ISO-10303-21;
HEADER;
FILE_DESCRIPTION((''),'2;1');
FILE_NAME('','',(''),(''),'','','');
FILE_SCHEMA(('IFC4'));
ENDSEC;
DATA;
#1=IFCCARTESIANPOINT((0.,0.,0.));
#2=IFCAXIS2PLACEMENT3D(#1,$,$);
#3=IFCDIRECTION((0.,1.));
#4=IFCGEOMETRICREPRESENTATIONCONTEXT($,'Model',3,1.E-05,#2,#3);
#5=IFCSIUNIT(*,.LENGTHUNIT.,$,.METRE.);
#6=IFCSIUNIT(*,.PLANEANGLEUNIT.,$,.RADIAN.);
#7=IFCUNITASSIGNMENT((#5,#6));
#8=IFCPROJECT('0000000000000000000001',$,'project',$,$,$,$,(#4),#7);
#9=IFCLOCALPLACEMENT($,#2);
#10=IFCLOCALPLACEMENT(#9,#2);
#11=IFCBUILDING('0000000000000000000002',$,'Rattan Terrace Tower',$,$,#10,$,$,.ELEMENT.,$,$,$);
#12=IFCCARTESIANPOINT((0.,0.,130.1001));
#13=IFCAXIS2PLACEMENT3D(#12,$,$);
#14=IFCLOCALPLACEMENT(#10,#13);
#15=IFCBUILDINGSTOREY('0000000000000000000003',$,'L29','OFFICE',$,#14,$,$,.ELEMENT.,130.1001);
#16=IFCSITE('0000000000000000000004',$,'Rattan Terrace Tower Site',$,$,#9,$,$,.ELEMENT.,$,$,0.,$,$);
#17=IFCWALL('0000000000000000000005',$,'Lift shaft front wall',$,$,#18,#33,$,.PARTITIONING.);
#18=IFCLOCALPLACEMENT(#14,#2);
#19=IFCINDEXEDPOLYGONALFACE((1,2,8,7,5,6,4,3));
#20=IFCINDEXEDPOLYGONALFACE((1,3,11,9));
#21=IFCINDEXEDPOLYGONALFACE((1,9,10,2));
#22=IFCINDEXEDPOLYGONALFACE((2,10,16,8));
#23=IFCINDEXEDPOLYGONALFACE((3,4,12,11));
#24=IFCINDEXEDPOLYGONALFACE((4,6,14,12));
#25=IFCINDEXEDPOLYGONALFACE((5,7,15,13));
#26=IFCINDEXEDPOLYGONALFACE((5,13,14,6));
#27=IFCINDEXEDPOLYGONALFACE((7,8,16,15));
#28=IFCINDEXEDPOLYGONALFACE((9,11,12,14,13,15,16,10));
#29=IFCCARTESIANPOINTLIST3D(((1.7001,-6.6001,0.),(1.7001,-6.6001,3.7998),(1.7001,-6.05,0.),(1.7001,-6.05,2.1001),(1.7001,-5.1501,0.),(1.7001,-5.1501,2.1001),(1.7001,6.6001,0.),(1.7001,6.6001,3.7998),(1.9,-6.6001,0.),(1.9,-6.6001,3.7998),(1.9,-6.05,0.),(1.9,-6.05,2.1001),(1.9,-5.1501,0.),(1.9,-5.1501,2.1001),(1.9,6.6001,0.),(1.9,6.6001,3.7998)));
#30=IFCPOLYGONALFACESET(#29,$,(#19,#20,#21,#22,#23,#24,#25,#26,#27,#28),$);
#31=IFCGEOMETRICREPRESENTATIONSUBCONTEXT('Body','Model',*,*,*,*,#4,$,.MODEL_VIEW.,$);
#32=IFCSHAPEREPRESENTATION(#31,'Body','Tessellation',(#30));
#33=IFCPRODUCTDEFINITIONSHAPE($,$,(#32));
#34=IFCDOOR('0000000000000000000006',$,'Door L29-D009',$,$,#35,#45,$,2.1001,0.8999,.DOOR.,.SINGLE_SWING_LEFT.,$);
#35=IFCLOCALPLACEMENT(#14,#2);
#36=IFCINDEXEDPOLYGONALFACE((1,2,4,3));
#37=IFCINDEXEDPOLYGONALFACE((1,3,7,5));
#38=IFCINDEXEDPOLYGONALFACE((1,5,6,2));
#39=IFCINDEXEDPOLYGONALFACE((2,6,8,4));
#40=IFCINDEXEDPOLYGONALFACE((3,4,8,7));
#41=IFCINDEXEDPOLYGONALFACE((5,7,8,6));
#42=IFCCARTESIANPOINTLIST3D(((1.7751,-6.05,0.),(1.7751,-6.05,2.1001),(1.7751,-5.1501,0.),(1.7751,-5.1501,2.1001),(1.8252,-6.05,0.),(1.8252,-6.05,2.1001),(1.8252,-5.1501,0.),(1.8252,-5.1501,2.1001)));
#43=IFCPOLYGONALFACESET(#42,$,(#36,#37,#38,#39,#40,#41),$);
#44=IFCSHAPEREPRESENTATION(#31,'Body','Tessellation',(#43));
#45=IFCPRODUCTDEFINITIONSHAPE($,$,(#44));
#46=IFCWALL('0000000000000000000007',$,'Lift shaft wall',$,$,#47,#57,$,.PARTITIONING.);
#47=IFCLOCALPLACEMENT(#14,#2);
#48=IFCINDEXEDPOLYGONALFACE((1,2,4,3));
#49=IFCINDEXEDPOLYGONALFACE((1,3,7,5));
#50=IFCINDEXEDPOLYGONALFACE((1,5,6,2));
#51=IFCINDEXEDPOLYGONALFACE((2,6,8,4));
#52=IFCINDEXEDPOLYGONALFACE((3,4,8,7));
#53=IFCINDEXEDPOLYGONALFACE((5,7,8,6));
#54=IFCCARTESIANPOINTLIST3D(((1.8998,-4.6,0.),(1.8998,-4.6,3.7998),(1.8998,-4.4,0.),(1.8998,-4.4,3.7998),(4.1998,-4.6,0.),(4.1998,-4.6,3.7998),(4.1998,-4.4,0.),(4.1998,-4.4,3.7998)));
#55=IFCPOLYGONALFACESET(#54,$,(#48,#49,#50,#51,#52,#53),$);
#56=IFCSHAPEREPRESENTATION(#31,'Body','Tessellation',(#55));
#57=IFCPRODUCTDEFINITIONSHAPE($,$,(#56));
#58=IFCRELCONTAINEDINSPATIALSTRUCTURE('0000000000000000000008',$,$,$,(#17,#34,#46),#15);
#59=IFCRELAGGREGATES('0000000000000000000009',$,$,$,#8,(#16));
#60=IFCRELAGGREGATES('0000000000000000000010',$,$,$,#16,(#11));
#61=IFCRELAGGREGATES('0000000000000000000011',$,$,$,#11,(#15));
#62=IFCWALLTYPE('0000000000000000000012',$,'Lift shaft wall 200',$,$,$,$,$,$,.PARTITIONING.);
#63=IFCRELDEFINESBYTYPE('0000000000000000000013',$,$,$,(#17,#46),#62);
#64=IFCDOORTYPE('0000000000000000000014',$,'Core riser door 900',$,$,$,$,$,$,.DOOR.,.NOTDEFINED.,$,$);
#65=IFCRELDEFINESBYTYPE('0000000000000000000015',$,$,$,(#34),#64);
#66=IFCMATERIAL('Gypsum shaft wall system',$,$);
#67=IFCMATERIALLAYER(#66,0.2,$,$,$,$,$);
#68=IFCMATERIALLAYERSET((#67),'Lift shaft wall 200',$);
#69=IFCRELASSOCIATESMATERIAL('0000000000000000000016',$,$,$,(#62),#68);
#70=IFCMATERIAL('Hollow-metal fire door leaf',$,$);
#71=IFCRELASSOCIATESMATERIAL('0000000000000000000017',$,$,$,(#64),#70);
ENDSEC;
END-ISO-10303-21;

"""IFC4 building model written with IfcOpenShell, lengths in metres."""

from ifc_helpers import new_model, si_unit, direction, frame, frame_2d, origin, place, context, subcontext, project, spatial, rectangle, extrude, material, layer, layer_set, type_object, element, fill, save


model = new_model("IFC4")

# Units and contexts
model_context = context("Model", 3, precision=1e-05, world=origin(), true_north=direction((0.0, 1.0)))
body_context = subcontext(model_context, "Body", "Model", "MODEL_VIEW")
ifc_project = project(units=[si_unit("LENGTHUNIT", "METRE"), si_unit("PLANEANGLEUNIT", "RADIAN")], contexts=[model_context])

# Site, building, storey
site_placement = place(None, origin())
site = spatial("IfcSite", under=ifc_project, at=site_placement, Name="Rattan Terrace Tower Site", CompositionType="ELEMENT", RefElevation=0.0)
building_placement = place(site_placement, origin())
building = spatial("IfcBuilding", under=site, at=building_placement, Name="Rattan Terrace Tower", CompositionType="ELEMENT")
storey_placement = place(building_placement, frame((0.0, 0.0, 130.1001)))
storey = spatial("IfcBuildingStorey", under=building, at=storey_placement, Name="L29", Description="OFFICE", CompositionType="ELEMENT", Elevation=130.1001)

# Wall, opening, door
ifc_material_1 = material(Name="Gypsum shaft wall system")
ifc_layer_1 = layer(ifc_material_1, 0.2)
ifc_layer_set_1 = layer_set([ifc_layer_1], Name="Lift shaft wall 200")
wall_type_1 = type_object("IfcWallType", Name="Lift shaft wall 200", PredefinedType="PARTITIONING", material=ifc_layer_set_1)
wall_1_placement = place(storey_placement, frame((1.8, -6.6001, 0.0), z_axis=(0.0, 0.0, 1.0), x_axis=(0.0, 1.0, 0.0)))
wall_1 = element("IfcWall", 1, at=wall_1_placement, inside=storey, type_object=wall_type_1, Name="Lift shaft front wall", PredefinedType="PARTITIONING", context=body_context, shape_type="SweptSolid", body=[
    extrude(rectangle(XDim=13.2002, YDim=0.2, at=frame_2d((6.6001, 0.0))), origin(), (0.0, 0.0, 1.0), 3.7998),
])
opening_1_placement = place(wall_1_placement, frame((0.55, 0.0, 0.0)))
opening_1 = element("IfcOpeningElement", 2, at=opening_1_placement, cuts=wall_1, PredefinedType="OPENING", context=body_context, shape_type="SweptSolid", body=[
    extrude(rectangle(XDim=0.8999, YDim=2.1001, at=frame_2d((0.45, 1.05))), frame((0.0, 0.1106, 0.0), z_axis=(0.0, -1.0, 0.0), x_axis=(1.0, 0.0, 0.0)), (0.0, 0.0, 1.0), 0.2209),
])
ifc_material_2 = material(Name="Hollow-metal fire door leaf")
door_type_1 = type_object("IfcDoorType", Name="Core riser door 900", OperationType="NOTDEFINED", PredefinedType="DOOR", material=ifc_material_2)
door_1_placement = place(opening_1_placement, origin())
door_1 = element("IfcDoor", 3, at=door_1_placement, inside=storey, type_object=door_type_1, Name="Door L29-D009", OperationType="SINGLE_SWING_LEFT", OverallHeight=2.1001, OverallWidth=0.8999, PredefinedType="DOOR", context=body_context, shape_type="SweptSolid", body=[
    extrude(rectangle(XDim=0.8999, YDim=2.1001, at=frame_2d((0.45, 1.05))), frame((0.0, 0.0249, 0.0), z_axis=(0.0, -1.0, 0.0), x_axis=(1.0, 0.0, 0.0)), (0.0, 0.0, 1.0), 0.05),
])
fill(opening_1, door_1)

# Wall
wall_2_placement = place(storey_placement, frame((1.8999, -4.5, 0.0), z_axis=(0.0, 0.0, 1.0), x_axis=(1.0, 0.0, 0.0)))
element("IfcWall", 4, at=wall_2_placement, inside=storey, type_object=wall_type_1, Name="Lift shaft wall", PredefinedType="PARTITIONING", context=body_context, shape_type="SweptSolid", body=[
    extrude(rectangle(XDim=2.3, YDim=0.2, at=frame_2d((1.1499, 0.0))), origin(), (0.0, 0.0, 1.0), 3.7998),
])

save(model, "model.ifc")
